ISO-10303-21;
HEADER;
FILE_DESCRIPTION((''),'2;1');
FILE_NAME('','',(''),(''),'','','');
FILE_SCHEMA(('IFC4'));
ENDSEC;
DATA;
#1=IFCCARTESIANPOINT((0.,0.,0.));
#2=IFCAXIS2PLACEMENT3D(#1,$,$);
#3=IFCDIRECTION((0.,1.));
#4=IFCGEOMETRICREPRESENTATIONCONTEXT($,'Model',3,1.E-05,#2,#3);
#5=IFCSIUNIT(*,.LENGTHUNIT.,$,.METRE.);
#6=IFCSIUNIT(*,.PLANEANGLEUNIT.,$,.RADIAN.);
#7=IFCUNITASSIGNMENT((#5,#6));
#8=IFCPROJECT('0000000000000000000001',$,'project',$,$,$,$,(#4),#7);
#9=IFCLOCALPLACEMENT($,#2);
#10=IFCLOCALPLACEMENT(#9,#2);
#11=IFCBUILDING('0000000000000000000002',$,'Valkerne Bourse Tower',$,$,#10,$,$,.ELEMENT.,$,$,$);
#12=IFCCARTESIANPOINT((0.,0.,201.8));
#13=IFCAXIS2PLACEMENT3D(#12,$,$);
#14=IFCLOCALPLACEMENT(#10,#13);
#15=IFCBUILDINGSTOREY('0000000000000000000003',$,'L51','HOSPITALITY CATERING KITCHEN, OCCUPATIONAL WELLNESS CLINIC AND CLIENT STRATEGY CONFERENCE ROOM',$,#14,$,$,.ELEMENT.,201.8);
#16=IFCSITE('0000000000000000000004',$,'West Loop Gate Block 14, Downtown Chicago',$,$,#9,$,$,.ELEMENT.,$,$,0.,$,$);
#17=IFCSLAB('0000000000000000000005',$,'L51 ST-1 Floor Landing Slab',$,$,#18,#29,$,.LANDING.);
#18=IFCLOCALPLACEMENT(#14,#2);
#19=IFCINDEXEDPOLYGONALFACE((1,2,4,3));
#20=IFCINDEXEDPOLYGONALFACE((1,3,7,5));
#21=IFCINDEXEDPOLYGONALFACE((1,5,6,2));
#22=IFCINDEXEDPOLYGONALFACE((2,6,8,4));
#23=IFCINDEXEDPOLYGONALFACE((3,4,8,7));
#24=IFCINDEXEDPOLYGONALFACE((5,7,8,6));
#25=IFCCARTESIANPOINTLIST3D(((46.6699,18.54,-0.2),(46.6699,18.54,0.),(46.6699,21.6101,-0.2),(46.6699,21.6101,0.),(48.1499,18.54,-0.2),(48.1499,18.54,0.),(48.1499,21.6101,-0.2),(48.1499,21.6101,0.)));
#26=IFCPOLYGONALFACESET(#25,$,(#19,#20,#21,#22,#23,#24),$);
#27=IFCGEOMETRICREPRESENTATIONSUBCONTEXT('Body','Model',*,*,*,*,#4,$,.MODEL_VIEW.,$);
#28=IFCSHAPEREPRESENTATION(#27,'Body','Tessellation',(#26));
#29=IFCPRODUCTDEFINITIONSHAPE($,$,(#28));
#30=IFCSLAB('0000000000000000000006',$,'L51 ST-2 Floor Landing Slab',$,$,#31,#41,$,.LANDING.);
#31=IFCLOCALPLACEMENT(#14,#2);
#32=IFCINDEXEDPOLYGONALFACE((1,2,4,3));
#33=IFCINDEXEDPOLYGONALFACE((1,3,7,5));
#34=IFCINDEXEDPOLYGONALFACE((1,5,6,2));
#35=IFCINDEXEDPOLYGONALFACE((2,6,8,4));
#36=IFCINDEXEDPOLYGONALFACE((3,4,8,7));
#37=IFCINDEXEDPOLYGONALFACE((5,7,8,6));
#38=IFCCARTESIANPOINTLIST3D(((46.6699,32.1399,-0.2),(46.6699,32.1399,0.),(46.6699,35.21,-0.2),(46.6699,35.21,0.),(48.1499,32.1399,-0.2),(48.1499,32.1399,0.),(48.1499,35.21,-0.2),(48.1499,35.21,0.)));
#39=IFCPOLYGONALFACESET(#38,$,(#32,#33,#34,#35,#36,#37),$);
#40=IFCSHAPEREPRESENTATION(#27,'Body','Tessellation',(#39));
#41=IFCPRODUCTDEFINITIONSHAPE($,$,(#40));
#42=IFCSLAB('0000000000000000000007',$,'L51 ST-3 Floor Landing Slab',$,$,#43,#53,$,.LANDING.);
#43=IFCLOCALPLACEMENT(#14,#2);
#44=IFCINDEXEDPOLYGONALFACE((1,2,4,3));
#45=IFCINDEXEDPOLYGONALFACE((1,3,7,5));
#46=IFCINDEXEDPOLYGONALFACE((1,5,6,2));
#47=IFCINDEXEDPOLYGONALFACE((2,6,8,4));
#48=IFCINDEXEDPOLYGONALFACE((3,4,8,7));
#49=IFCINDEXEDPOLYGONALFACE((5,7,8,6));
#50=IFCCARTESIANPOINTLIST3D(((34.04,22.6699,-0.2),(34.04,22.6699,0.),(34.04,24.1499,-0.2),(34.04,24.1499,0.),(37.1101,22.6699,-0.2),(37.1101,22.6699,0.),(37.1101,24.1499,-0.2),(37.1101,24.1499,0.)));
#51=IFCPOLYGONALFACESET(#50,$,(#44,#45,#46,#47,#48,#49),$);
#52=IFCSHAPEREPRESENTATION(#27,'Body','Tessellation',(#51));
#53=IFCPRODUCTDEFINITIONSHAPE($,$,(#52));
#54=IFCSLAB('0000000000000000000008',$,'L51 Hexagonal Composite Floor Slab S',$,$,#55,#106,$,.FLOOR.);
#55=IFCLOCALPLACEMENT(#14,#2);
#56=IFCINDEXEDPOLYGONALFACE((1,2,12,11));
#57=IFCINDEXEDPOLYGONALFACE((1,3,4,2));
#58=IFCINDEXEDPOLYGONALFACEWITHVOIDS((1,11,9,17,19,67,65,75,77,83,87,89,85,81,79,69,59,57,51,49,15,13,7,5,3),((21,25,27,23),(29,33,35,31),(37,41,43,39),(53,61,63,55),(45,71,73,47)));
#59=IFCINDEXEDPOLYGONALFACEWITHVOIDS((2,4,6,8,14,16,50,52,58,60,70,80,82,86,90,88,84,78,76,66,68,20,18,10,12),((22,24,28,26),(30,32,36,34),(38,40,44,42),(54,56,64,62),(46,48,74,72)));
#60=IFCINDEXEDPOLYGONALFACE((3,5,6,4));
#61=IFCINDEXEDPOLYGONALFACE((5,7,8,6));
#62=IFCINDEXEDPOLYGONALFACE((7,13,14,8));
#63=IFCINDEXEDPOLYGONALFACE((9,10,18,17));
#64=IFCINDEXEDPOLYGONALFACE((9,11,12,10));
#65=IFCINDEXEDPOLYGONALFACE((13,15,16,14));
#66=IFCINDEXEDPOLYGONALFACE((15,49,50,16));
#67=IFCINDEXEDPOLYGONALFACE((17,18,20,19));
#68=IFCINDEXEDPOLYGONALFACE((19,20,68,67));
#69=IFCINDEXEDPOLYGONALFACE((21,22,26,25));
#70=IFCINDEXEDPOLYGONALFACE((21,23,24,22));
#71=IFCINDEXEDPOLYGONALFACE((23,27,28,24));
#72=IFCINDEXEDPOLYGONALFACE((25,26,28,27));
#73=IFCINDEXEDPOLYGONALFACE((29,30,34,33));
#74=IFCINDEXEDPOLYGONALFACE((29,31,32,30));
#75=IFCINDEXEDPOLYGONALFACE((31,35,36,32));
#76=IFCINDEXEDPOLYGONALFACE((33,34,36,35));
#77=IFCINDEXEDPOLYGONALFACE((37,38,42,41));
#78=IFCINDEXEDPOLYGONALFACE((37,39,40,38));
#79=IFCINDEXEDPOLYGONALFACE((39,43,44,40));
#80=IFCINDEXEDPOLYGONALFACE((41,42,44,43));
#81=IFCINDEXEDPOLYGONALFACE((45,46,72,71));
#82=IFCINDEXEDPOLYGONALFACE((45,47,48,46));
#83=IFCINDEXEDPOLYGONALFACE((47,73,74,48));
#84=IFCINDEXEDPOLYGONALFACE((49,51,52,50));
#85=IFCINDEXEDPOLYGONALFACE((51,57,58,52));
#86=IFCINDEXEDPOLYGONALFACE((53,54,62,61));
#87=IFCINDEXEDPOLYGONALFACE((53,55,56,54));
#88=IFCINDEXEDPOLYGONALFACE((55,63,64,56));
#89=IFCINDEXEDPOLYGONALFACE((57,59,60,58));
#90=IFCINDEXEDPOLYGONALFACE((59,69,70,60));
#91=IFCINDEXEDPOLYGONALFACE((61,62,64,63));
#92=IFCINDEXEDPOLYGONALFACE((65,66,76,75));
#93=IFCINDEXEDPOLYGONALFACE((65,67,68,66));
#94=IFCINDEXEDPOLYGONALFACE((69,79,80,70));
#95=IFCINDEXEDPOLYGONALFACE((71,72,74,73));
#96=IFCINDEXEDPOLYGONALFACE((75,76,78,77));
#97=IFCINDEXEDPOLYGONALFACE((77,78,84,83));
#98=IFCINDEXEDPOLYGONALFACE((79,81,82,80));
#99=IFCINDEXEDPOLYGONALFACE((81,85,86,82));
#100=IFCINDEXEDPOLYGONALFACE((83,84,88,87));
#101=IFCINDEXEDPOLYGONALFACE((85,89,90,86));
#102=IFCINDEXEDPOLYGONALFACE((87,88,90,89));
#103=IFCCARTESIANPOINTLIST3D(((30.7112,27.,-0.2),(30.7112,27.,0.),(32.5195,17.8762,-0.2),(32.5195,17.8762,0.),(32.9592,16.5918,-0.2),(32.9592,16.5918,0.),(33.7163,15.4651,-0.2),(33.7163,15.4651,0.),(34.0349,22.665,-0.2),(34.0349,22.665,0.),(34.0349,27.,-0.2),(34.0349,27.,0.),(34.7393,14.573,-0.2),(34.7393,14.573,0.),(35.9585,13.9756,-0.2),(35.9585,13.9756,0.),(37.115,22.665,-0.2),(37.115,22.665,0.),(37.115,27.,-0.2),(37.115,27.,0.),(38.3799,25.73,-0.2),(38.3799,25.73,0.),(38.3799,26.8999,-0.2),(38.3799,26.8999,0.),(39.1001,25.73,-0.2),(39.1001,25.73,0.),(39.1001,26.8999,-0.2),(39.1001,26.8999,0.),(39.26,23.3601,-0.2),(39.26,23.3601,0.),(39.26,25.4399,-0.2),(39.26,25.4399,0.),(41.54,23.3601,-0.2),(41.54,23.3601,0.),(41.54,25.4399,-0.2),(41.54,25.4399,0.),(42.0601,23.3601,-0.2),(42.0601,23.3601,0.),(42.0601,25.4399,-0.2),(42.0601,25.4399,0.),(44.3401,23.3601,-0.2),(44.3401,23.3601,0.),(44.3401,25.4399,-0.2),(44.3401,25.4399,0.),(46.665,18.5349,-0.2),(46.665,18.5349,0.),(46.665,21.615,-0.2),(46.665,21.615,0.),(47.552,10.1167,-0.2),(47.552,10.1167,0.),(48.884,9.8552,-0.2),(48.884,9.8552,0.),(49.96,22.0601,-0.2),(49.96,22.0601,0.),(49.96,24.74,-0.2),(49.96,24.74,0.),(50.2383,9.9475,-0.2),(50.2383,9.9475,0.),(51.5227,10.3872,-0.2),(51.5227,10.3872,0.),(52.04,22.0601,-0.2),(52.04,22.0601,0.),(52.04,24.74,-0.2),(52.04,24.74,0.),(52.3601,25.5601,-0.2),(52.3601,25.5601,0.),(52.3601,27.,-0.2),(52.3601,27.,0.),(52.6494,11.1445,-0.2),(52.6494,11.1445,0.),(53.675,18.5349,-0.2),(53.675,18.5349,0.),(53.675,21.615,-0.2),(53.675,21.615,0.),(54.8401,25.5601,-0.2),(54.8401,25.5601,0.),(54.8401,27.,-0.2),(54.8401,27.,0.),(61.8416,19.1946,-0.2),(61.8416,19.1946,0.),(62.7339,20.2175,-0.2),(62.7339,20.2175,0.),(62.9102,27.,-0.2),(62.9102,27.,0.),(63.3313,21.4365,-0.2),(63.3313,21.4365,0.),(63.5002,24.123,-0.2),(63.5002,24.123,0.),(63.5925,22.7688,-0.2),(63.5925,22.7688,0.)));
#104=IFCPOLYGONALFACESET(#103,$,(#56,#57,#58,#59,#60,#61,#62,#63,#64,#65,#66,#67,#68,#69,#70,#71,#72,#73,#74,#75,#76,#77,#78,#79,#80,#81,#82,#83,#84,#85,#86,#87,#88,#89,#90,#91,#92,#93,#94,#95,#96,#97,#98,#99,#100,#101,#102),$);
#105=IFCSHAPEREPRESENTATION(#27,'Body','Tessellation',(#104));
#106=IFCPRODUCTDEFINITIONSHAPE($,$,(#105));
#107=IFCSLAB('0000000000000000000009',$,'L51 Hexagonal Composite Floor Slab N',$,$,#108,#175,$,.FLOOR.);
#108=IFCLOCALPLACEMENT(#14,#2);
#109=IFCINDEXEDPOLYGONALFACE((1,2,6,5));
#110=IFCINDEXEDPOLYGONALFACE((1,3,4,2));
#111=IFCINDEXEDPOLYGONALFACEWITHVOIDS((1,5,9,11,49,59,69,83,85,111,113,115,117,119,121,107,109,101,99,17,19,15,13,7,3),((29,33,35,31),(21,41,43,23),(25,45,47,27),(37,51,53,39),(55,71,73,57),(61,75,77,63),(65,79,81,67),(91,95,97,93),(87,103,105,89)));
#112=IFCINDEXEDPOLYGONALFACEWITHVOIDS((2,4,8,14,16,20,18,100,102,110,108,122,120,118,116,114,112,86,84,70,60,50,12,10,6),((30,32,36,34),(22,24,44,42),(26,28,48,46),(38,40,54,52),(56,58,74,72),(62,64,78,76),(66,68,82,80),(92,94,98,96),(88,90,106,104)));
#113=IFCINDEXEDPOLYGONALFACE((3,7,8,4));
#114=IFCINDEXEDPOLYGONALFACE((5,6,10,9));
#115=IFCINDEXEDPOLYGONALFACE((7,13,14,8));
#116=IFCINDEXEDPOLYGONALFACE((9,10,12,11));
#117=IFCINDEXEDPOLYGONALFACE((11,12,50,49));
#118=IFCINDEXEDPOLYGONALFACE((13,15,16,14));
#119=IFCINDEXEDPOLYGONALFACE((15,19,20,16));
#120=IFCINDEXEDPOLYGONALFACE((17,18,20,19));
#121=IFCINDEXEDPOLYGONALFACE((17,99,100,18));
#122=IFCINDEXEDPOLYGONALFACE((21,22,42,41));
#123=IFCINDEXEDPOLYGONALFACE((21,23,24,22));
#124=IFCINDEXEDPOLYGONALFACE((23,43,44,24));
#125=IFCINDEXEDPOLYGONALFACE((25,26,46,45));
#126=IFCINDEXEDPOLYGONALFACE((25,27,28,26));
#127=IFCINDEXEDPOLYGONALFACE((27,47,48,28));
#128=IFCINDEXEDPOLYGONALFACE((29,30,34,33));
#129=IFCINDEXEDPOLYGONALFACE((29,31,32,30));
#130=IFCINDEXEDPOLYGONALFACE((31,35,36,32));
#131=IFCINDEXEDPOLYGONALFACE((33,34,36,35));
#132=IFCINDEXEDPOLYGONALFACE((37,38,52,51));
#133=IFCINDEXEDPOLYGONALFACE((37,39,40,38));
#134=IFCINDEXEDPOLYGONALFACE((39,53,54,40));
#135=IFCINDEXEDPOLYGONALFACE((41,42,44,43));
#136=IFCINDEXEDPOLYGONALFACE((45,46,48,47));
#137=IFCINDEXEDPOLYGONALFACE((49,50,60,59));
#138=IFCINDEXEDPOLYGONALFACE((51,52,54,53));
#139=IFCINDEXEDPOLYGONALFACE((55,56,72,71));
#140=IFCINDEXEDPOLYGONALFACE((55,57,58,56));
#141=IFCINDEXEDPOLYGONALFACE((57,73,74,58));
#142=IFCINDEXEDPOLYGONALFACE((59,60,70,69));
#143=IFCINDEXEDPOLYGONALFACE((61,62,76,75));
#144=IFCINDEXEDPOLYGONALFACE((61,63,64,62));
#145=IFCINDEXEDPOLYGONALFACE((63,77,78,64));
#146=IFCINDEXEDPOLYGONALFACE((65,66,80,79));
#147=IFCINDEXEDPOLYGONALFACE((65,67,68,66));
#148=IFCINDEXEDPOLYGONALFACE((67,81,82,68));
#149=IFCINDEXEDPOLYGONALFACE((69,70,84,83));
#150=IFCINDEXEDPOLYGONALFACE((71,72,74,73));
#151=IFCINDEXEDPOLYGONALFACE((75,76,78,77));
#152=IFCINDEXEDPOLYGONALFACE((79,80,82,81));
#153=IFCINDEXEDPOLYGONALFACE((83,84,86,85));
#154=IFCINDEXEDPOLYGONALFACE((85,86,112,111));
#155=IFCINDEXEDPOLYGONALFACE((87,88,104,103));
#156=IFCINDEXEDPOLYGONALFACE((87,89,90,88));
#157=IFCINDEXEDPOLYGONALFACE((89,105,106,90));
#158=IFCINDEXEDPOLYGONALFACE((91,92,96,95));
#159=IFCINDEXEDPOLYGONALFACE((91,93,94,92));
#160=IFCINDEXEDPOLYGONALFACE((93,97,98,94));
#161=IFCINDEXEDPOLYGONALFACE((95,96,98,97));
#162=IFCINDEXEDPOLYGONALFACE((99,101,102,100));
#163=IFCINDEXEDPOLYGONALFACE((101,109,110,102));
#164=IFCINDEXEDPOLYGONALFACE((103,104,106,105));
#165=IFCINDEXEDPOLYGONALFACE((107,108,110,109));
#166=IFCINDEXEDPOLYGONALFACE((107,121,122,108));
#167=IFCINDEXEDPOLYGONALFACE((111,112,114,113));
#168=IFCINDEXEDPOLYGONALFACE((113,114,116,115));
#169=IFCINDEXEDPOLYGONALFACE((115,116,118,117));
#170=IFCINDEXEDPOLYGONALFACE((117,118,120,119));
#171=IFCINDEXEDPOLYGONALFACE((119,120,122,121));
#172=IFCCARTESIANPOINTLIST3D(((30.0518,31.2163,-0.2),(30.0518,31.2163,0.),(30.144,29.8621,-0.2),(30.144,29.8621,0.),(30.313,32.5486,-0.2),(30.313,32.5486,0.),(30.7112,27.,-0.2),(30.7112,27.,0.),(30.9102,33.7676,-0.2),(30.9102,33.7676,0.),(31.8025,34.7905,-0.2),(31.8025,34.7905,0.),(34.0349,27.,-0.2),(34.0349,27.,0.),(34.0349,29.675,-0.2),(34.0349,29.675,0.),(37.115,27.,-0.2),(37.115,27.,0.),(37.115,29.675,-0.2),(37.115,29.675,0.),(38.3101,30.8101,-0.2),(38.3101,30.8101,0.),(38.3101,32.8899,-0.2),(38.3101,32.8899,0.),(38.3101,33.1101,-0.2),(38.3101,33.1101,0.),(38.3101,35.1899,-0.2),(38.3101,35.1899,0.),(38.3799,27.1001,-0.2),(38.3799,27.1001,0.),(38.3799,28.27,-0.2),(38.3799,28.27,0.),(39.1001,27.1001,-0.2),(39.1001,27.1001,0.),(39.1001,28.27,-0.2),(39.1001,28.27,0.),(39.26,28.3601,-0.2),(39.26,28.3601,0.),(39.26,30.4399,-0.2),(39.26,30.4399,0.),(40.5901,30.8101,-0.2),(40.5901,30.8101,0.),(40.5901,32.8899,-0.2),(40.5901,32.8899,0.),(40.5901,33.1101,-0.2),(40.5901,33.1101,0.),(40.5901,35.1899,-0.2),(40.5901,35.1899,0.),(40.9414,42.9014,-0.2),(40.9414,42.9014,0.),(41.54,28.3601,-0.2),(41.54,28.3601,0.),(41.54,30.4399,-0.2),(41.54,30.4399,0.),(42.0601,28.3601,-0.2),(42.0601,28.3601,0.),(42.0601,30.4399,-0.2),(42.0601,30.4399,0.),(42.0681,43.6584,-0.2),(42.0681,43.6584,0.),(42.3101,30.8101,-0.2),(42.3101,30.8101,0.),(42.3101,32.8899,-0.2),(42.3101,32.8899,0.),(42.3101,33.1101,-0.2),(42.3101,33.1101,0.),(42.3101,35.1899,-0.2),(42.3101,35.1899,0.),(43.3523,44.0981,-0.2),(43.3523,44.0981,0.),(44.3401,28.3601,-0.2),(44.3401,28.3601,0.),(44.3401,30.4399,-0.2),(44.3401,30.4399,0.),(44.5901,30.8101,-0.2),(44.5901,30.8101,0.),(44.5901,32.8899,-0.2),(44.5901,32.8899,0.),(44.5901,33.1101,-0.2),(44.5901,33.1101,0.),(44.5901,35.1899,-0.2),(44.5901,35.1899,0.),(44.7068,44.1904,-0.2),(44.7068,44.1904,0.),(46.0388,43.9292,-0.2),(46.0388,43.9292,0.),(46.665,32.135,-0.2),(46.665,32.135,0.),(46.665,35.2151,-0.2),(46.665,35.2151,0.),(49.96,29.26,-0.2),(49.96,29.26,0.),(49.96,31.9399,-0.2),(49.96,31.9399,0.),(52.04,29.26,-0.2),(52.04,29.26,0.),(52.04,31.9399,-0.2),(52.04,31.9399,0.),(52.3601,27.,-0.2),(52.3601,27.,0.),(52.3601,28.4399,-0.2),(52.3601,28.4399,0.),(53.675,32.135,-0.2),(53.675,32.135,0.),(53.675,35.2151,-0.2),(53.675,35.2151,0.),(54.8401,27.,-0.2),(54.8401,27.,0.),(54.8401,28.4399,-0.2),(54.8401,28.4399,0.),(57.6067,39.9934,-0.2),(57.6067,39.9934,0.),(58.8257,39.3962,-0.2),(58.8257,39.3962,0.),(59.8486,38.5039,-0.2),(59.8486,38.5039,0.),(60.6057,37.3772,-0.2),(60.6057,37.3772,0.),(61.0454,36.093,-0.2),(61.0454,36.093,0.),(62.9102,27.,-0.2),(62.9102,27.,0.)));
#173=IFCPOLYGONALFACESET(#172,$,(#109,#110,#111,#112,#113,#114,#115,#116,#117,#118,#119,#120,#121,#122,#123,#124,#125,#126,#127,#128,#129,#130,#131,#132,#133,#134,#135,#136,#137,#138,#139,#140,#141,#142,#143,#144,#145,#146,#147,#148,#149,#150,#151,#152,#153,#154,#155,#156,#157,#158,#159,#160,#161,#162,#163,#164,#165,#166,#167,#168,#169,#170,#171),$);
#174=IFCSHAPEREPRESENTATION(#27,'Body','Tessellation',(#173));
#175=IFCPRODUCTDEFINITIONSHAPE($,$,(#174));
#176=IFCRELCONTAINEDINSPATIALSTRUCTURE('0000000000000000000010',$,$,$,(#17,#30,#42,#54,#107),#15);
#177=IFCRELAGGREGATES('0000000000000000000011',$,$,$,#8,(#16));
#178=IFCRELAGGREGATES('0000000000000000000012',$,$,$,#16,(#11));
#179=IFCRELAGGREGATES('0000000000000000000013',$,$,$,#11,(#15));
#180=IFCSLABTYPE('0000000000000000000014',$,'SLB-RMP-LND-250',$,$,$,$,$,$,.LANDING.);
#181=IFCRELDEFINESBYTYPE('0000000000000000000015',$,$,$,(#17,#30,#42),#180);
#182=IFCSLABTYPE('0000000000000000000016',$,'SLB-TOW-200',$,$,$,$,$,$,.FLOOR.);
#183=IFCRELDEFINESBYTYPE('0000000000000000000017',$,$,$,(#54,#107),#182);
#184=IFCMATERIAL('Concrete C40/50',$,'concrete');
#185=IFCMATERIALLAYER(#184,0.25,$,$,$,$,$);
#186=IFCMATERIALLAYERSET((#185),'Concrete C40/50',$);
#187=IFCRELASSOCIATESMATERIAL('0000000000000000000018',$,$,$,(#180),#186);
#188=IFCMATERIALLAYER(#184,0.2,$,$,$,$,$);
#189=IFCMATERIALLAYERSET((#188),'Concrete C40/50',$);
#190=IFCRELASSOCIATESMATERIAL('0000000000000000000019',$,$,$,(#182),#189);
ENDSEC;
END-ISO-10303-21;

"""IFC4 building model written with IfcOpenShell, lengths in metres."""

from ifc_helpers import new_model, si_unit, direction, frame, origin, place, context, subcontext, project, spatial, polyline, outline, extrude, material, layer, layer_set, type_object, element, save


model = new_model("IFC4")

# Units and contexts
model_context = context("Model", 3, precision=1e-05, world=origin(), true_north=direction((0.0, 1.0)))
body_context = subcontext(model_context, "Body", "Model", "MODEL_VIEW")
ifc_project = project(units=[si_unit("LENGTHUNIT", "METRE"), si_unit("PLANEANGLEUNIT", "RADIAN")], contexts=[model_context])

# Site, building, storey
site_placement = place(None, origin())
site = spatial("IfcSite", under=ifc_project, at=site_placement, Name="West Loop Gate Block 14, Downtown Chicago", CompositionType="ELEMENT", RefElevation=0.0)
building_placement = place(site_placement, origin())
building = spatial("IfcBuilding", under=site, at=building_placement, Name="Valkerne Bourse Tower", CompositionType="ELEMENT")
storey_placement = place(building_placement, frame((0.0, 0.0, 201.8)))
storey = spatial("IfcBuildingStorey", under=building, at=storey_placement, Name="L51", Description="HOSPITALITY CATERING KITCHEN, OCCUPATIONAL WELLNESS CLINIC AND CLIENT STRATEGY CONFERENCE ROOM", CompositionType="ELEMENT", Elevation=201.8)

# Slabs
ifc_material_1 = material(Name="Concrete C40/50", Category="concrete")
ifc_layer_1 = layer(ifc_material_1, 0.25)
ifc_layer_set_1 = layer_set([ifc_layer_1], Name="Concrete C40/50")
slab_type_1 = type_object("IfcSlabType", Name="SLB-RMP-LND-250", PredefinedType="LANDING", material=ifc_layer_set_1)
slab_1_placement = place(storey_placement, frame((0.0, 0.0, -0.2)))
element("IfcSlab", 1, at=slab_1_placement, inside=storey, type_object=slab_type_1, Name="L51 ST-1 Floor Landing Slab", PredefinedType="LANDING", context=body_context, shape_type="SweptSolid", body=[
    extrude(outline(polyline([(46.6699, 18.54), (48.1499, 18.54), (48.1499, 21.6101), (46.6699, 21.6101), (46.6699, 18.54)])), origin(), (0.0, 0.0, 1.0), 0.2),
])
slab_2_placement = place(storey_placement, frame((0.0, 0.0, -0.2)))
element("IfcSlab", 2, at=slab_2_placement, inside=storey, type_object=slab_type_1, Name="L51 ST-2 Floor Landing Slab", PredefinedType="LANDING", context=body_context, shape_type="SweptSolid", body=[
    extrude(outline(polyline([(46.6699, 32.1399), (48.1499, 32.1399), (48.1499, 35.21), (46.6699, 35.21), (46.6699, 32.1399)])), origin(), (0.0, 0.0, 1.0), 0.2),
])
slab_3_placement = place(storey_placement, frame((0.0, 0.0, -0.2)))
element("IfcSlab", 3, at=slab_3_placement, inside=storey, type_object=slab_type_1, Name="L51 ST-3 Floor Landing Slab", PredefinedType="LANDING", context=body_context, shape_type="SweptSolid", body=[
    extrude(outline(polyline([(37.1101, 22.6699), (37.1101, 24.1499), (34.04, 24.1499), (34.04, 22.6699), (37.1101, 22.6699)])), origin(), (0.0, 0.0, 1.0), 0.2),
])
ifc_layer_2 = layer(ifc_material_1, 0.2)
ifc_layer_set_2 = layer_set([ifc_layer_2], Name="Concrete C40/50")
slab_type_2 = type_object("IfcSlabType", Name="SLB-TOW-200", PredefinedType="FLOOR", material=ifc_layer_set_2)
slab_4_placement = place(storey_placement, frame((0.0, 0.0, -0.2)))
element("IfcSlab", 4, at=slab_4_placement, inside=storey, type_object=slab_type_2, Name="L51 Hexagonal Composite Floor Slab S", PredefinedType="FLOOR", context=body_context, shape_type="SweptSolid", body=[
    extrude(outline(polyline([(63.5925, 22.7688), (63.3313, 21.4365), (62.7339, 20.2175), (61.8416, 19.1946), (52.6494, 11.1445), (51.5227, 10.3872), (50.2383, 9.9475), (48.884, 9.8552), (47.552, 10.1167), (35.9585, 13.9756), (34.7393, 14.573), (33.7163, 15.4651), (32.9592, 16.5918), (32.5195, 17.8762), (30.7112, 27.0), (34.0349, 27.0), (34.0349, 22.665), (37.115, 22.665), (37.115, 27.0), (52.3601, 27.0), (52.3601, 25.5601), (54.8401, 25.5601), (54.8401, 27.0), (62.9102, 27.0), (63.5002, 24.123), (63.5925, 22.7688)]), holes=[polyline([(41.54, 25.4399), (39.26, 25.4399), (39.26, 23.3601), (41.54, 23.3601), (41.54, 25.4399)]), polyline([(44.3401, 25.4399), (42.0601, 25.4399), (42.0601, 23.3601), (44.3401, 23.3601), (44.3401, 25.4399)]), polyline([(39.1001, 26.8999), (38.3799, 26.8999), (38.3799, 25.73), (39.1001, 25.73), (39.1001, 26.8999)]), polyline([(53.675, 21.615), (46.665, 21.615), (46.665, 18.5349), (53.675, 18.5349), (53.675, 21.615)]), polyline([(52.04, 24.74), (49.96, 24.74), (49.96, 22.0601), (52.04, 22.0601), (52.04, 24.74)])]), origin(), (0.0, 0.0, 1.0), 0.2),
])
slab_5_placement = place(storey_placement, frame((0.0, 0.0, -0.2)))
element("IfcSlab", 5, at=slab_5_placement, inside=storey, type_object=slab_type_2, Name="L51 Hexagonal Composite Floor Slab N", PredefinedType="FLOOR", context=body_context, shape_type="SweptSolid", body=[
    extrude(outline(polyline([(30.144, 29.8621), (30.0518, 31.2163), (30.313, 32.5486), (30.9102, 33.7676), (31.8025, 34.7905), (40.9414, 42.9014), (42.0681, 43.6584), (43.3523, 44.0981), (44.7068, 44.1904), (46.0388, 43.9292), (57.6067, 39.9934), (58.8257, 39.3962), (59.8486, 38.5039), (60.6057, 37.3772), (61.0454, 36.093), (62.9102, 27.0), (54.8401, 27.0), (54.8401, 28.4399), (52.3601, 28.4399), (52.3601, 27.0), (37.115, 27.0), (37.115, 29.675), (34.0349, 29.675), (34.0349, 27.0), (30.7112, 27.0), (30.144, 29.8621)]), holes=[polyline([(39.1001, 28.27), (38.3799, 28.27), (38.3799, 27.1001), (39.1001, 27.1001), (39.1001, 28.27)]), polyline([(41.54, 30.4399), (39.26, 30.4399), (39.26, 28.3601), (41.54, 28.3601), (41.54, 30.4399)]), polyline([(40.5901, 32.8899), (38.3101, 32.8899), (38.3101, 30.8101), (40.5901, 30.8101), (40.5901, 32.8899)]), polyline([(40.5901, 35.1899), (38.3101, 35.1899), (38.3101, 33.1101), (40.5901, 33.1101), (40.5901, 35.1899)]), polyline([(44.3401, 30.4399), (42.0601, 30.4399), (42.0601, 28.3601), (44.3401, 28.3601), (44.3401, 30.4399)]), polyline([(52.04, 31.9399), (49.96, 31.9399), (49.96, 29.26), (52.04, 29.26), (52.04, 31.9399)]), polyline([(44.5901, 32.8899), (42.3101, 32.8899), (42.3101, 30.8101), (44.5901, 30.8101), (44.5901, 32.8899)]), polyline([(53.675, 35.2151), (46.665, 35.2151), (46.665, 32.135), (53.675, 32.135), (53.675, 35.2151)]), polyline([(44.5901, 35.1899), (42.3101, 35.1899), (42.3101, 33.1101), (44.5901, 33.1101), (44.5901, 35.1899)])]), origin(), (0.0, 0.0, 1.0), 0.2),
])

save(model, "model.ifc")
